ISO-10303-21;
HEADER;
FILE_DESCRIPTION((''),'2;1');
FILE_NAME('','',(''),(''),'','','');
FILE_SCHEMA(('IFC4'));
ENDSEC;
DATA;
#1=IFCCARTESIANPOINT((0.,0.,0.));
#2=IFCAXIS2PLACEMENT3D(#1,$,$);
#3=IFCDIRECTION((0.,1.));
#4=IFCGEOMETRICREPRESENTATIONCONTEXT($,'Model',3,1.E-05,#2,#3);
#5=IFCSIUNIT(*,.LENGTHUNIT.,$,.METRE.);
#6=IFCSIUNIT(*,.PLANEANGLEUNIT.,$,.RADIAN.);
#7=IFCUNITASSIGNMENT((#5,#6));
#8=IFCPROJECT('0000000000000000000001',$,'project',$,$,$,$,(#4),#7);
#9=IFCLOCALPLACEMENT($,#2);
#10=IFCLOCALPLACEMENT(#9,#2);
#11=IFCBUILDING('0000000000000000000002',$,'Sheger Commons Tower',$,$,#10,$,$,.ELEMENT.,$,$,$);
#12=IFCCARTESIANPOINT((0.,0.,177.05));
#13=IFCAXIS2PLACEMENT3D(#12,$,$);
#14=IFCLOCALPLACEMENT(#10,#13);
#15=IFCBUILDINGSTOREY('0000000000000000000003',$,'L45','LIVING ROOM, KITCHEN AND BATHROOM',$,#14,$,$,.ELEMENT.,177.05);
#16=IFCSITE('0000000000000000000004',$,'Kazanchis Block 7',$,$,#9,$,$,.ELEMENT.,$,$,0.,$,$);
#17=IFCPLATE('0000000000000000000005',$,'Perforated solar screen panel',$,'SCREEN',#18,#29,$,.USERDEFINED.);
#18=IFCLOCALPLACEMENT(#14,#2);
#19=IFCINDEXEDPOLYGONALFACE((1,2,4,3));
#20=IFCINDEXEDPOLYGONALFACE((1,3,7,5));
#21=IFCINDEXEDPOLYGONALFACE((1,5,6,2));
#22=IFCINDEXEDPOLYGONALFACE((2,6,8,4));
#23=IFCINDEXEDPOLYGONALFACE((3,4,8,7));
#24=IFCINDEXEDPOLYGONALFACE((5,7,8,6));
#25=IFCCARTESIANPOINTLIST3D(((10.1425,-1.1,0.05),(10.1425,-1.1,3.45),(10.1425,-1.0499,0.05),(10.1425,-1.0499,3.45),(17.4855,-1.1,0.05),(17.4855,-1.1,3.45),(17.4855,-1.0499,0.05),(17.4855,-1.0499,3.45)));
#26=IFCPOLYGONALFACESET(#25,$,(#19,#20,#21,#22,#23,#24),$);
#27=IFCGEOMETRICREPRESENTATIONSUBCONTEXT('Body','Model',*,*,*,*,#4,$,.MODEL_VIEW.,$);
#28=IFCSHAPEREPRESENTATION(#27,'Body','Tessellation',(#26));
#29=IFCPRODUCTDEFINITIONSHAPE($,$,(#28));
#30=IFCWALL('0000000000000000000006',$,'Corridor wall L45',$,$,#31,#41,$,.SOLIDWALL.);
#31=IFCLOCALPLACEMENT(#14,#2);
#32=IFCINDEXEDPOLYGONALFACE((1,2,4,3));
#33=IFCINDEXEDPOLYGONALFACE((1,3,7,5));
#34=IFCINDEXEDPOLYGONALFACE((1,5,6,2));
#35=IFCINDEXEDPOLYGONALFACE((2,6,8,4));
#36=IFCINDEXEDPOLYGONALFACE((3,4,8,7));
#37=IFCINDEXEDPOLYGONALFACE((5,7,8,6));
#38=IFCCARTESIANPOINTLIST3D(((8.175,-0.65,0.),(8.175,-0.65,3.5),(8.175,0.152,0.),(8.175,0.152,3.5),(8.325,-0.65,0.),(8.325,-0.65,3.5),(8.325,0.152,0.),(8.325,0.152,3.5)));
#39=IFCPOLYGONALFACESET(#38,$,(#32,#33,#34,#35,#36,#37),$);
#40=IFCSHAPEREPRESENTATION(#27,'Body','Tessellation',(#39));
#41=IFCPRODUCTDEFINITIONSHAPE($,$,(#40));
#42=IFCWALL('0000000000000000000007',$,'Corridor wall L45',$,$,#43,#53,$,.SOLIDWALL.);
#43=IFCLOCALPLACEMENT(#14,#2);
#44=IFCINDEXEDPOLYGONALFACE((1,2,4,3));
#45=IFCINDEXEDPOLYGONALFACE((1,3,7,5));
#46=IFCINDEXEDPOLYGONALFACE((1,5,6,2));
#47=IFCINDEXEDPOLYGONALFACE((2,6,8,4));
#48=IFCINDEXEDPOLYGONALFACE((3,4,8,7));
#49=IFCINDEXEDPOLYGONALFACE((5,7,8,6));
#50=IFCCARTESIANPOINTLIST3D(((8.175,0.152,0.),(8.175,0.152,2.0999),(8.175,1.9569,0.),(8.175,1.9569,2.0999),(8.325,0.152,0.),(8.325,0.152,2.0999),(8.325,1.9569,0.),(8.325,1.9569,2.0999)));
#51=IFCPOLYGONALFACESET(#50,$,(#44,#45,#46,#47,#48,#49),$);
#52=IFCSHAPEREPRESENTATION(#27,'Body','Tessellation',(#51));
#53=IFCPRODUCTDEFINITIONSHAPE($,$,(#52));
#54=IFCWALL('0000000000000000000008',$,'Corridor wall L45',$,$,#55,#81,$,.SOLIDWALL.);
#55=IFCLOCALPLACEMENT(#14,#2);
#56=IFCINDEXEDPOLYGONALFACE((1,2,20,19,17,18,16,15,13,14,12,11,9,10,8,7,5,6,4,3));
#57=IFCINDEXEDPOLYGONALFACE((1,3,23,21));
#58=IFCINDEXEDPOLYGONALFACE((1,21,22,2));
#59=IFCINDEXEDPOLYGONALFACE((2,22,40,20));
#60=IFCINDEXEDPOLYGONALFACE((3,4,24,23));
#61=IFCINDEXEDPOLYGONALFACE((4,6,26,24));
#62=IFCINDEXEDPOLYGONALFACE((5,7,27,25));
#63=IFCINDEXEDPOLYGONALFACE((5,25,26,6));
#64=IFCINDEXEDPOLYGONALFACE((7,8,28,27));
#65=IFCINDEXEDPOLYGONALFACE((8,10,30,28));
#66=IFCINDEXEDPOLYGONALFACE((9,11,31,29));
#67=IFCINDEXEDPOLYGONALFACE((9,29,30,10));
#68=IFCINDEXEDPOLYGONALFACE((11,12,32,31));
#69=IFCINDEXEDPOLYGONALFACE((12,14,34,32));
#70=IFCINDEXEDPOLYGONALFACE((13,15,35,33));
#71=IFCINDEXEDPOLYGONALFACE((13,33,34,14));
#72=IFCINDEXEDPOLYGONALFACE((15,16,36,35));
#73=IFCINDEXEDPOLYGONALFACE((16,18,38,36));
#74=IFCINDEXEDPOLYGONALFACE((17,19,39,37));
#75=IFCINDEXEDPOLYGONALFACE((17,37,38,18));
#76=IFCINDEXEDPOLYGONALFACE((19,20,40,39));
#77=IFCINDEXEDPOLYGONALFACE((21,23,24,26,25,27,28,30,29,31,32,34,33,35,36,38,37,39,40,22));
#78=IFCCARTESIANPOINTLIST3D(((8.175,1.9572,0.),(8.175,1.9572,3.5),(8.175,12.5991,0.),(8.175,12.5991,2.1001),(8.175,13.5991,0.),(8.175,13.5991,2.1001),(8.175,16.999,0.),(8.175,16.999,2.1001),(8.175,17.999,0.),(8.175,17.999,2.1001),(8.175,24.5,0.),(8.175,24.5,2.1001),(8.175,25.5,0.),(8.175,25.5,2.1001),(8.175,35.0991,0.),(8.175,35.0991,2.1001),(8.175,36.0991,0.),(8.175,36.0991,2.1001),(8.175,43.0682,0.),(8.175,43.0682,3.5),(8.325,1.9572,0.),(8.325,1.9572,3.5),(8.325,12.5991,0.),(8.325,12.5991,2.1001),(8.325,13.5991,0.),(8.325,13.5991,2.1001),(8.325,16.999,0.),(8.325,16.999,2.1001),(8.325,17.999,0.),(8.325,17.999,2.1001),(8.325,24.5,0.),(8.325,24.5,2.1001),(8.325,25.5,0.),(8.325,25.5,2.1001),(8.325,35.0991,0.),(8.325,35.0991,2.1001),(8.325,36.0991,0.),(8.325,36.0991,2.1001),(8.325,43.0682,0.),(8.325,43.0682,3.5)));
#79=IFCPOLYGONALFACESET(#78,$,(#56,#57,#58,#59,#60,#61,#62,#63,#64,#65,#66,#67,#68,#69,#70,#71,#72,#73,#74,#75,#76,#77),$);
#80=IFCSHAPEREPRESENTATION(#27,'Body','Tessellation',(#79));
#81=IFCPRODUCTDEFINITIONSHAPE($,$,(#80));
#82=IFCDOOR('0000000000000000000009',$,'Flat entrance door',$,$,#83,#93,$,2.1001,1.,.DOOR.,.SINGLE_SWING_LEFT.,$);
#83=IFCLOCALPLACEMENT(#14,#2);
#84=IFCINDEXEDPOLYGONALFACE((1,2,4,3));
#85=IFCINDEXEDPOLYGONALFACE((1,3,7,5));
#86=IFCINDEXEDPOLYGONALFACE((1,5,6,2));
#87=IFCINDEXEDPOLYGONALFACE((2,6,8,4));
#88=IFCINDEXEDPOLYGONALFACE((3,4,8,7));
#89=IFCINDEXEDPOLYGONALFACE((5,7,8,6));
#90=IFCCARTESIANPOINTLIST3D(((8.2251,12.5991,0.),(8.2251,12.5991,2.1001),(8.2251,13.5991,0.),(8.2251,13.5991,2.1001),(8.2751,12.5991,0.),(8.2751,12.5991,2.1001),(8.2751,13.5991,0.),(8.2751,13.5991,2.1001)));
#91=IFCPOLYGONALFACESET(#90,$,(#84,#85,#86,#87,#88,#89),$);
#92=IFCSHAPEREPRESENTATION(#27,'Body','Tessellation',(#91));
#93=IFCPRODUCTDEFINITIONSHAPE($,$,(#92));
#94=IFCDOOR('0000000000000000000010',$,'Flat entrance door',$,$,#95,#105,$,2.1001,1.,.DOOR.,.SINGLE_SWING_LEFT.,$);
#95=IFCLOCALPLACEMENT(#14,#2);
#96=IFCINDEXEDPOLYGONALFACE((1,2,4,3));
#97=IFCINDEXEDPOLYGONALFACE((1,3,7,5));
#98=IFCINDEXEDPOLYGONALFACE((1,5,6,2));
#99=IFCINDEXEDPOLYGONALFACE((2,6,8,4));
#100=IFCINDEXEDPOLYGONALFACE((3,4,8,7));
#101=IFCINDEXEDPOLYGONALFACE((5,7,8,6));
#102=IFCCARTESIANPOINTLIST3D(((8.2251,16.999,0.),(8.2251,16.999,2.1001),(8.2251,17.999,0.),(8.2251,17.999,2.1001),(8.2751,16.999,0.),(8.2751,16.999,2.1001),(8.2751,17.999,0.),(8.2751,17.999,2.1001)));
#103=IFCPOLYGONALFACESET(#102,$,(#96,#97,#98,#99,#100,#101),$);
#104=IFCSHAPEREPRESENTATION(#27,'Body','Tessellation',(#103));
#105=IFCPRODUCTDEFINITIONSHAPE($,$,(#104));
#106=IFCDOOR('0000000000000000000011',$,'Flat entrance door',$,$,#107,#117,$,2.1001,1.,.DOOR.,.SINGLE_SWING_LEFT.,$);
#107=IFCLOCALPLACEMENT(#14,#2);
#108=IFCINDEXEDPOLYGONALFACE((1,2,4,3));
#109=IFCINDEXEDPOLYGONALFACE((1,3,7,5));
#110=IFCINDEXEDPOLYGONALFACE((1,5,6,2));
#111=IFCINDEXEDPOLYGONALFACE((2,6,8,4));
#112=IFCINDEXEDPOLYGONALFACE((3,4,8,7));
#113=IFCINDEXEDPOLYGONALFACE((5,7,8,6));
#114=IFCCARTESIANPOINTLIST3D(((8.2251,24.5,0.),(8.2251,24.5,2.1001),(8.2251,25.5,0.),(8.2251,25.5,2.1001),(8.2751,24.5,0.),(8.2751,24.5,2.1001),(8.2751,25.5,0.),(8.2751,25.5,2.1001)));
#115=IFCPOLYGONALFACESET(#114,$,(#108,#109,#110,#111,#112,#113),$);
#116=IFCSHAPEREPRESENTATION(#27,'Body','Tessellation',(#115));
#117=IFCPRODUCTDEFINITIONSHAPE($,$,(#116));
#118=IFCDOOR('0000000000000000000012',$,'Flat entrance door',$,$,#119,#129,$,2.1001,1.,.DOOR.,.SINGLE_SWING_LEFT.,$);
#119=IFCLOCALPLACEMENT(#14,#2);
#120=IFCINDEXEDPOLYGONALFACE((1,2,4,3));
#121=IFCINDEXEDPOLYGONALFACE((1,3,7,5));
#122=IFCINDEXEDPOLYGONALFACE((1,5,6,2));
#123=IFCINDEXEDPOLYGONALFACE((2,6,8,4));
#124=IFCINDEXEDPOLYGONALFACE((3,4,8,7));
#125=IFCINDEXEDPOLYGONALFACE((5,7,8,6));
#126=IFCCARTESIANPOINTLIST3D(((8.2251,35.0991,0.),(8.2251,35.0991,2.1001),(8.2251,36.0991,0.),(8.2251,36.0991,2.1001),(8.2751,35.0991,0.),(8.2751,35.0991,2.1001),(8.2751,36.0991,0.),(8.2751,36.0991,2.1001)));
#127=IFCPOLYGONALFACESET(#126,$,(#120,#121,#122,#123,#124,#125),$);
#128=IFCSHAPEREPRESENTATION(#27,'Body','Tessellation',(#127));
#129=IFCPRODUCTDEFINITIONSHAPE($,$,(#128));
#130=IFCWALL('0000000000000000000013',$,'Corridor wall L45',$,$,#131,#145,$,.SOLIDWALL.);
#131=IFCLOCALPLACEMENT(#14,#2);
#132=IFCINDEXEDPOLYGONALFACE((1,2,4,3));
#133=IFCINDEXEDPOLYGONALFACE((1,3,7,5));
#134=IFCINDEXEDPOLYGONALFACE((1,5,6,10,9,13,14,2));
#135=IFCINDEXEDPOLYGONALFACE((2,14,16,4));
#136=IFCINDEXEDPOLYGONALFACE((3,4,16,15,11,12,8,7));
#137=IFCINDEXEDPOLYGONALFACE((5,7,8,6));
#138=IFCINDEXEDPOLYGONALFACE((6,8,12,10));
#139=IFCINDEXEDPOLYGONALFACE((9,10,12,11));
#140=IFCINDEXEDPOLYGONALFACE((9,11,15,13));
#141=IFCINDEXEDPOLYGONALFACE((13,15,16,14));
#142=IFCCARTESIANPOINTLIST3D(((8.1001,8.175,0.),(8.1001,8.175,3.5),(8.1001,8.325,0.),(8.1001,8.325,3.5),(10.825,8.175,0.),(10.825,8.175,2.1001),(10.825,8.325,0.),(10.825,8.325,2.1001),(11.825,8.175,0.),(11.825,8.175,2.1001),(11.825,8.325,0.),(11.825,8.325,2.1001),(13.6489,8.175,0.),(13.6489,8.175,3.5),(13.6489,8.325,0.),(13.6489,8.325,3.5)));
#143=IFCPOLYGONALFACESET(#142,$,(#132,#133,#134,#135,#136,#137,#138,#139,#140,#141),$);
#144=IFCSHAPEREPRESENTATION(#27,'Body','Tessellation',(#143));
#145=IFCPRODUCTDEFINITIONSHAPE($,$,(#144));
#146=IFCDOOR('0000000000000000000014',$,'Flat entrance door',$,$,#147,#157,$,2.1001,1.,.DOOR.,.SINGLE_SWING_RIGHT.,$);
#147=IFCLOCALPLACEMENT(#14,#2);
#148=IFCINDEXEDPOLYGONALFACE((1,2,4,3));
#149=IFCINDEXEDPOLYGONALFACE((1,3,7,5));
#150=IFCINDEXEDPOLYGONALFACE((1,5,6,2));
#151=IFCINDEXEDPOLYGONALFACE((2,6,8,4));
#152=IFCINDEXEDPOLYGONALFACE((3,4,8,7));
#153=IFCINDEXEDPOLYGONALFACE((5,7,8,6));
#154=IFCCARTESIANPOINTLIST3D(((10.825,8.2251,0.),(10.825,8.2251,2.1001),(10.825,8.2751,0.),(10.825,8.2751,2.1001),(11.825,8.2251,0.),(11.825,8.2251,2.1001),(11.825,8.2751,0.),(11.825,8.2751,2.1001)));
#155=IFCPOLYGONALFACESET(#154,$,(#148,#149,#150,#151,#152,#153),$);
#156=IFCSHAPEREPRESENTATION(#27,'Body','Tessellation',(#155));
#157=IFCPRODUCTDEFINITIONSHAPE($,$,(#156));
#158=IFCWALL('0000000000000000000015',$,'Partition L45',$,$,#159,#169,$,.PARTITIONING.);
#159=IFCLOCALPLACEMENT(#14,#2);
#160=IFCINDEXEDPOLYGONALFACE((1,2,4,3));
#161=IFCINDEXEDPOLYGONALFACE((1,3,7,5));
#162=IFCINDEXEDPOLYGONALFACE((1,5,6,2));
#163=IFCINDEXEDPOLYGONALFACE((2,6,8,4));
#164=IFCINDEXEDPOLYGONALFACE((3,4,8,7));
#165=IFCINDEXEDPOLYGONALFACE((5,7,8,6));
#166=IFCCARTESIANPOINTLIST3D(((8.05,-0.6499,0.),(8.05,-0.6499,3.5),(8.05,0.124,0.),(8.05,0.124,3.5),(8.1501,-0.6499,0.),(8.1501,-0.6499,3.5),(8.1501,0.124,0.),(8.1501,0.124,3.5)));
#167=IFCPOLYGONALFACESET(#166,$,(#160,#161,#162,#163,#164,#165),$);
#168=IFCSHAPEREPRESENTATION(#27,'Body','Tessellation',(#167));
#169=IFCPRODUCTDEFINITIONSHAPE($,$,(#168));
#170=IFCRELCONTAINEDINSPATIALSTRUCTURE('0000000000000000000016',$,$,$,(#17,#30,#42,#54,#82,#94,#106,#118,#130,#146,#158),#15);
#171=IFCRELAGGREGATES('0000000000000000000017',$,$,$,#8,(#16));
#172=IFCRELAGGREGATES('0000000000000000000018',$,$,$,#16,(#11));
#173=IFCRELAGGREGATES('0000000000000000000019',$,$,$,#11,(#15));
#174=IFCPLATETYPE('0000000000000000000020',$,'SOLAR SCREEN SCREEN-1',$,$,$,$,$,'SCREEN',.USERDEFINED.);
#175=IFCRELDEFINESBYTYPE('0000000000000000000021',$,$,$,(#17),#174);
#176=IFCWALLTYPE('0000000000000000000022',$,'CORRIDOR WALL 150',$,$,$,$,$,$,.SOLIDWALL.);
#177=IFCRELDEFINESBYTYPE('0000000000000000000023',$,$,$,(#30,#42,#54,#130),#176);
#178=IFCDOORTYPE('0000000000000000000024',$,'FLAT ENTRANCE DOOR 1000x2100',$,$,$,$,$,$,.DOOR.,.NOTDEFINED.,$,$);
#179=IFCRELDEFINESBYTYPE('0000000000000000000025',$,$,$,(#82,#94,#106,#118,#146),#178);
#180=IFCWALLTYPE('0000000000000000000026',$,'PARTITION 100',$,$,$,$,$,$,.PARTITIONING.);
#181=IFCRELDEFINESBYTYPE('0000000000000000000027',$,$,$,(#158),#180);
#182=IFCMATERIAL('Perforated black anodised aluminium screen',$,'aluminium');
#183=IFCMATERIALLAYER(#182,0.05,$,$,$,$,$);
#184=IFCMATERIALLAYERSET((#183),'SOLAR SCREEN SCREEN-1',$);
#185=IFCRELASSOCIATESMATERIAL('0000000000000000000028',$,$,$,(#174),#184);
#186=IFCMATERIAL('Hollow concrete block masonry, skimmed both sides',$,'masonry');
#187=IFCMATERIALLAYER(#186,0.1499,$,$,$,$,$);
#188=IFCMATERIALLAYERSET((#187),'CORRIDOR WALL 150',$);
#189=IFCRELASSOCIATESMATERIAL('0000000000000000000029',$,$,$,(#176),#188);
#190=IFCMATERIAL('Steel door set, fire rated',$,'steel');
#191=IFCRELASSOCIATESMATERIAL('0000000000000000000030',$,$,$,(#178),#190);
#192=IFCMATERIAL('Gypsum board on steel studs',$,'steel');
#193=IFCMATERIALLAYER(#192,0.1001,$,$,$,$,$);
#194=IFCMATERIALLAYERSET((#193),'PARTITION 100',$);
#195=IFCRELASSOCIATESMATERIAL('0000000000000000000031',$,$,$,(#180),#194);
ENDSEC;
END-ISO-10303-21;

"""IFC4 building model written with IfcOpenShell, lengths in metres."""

from ifc_helpers import new_model, si_unit, direction, frame, frame_2d, origin, origin_2d, place, context, subcontext, project, spatial, rectangle, extrude, material, layer, layer_set, type_object, element, fill, save


model = new_model("IFC4")

# Units and contexts
model_context = context("Model", 3, precision=1e-05, world=origin(), true_north=direction((0.0, 1.0)))
body_context = subcontext(model_context, "Body", "Model", "MODEL_VIEW")
ifc_project = project(units=[si_unit("LENGTHUNIT", "METRE"), si_unit("PLANEANGLEUNIT", "RADIAN")], contexts=[model_context])

# Site, building, storey
site_placement = place(None, origin())
site = spatial("IfcSite", under=ifc_project, at=site_placement, Name="Kazanchis Block 7", CompositionType="ELEMENT", RefElevation=0.0)
building_placement = place(site_placement, origin())
building = spatial("IfcBuilding", under=site, at=building_placement, Name="Sheger Commons Tower", CompositionType="ELEMENT")
storey_placement = place(building_placement, frame((0.0, 0.0, 177.05)))
storey = spatial("IfcBuildingStorey", under=building, at=storey_placement, Name="L45", Description="LIVING ROOM, KITCHEN AND BATHROOM", CompositionType="ELEMENT", Elevation=177.05)

# Plate
ifc_material_1 = material(Name="Perforated black anodised aluminium screen", Category="aluminium")
ifc_layer_1 = layer(ifc_material_1, 0.05)
ifc_layer_set_1 = layer_set([ifc_layer_1], Name="SOLAR SCREEN SCREEN-1")
plate_type = type_object("IfcPlateType", Name="SOLAR SCREEN SCREEN-1", ElementType="SCREEN", PredefinedType="USERDEFINED", material=ifc_layer_set_1)
plate_placement = place(storey_placement, frame((13.814, -1.075, 0.05), z_axis=(0.0, 0.0, 1.0), x_axis=(1.0, 0.0, 0.0)))
element("IfcPlate", 1, at=plate_placement, inside=storey, type_object=plate_type, Name="Perforated solar screen panel", ObjectType="SCREEN", PredefinedType="USERDEFINED", context=body_context, shape_type="SweptSolid", body=[
    extrude(rectangle(XDim=7.343, YDim=0.05, at=origin_2d()), origin(), (0.0, 0.0, 1.0), 3.3999),
])

# Walls
ifc_material_2 = material(Name="Hollow concrete block masonry, skimmed both sides", Category="masonry")
ifc_layer_2 = layer(ifc_material_2, 0.1499)
ifc_layer_set_2 = layer_set([ifc_layer_2], Name="CORRIDOR WALL 150")
wall_type_1 = type_object("IfcWallType", Name="CORRIDOR WALL 150", PredefinedType="SOLIDWALL", material=ifc_layer_set_2)
wall_1_placement = place(storey_placement, frame((8.25, -0.6499, 0.0), z_axis=(0.0, 0.0, 1.0), x_axis=(0.0, 1.0, 0.0)))
element("IfcWall", 2, at=wall_1_placement, inside=storey, type_object=wall_type_1, Name="Corridor wall L45", PredefinedType="SOLIDWALL", context=body_context, shape_type="SweptSolid", body=[
    extrude(rectangle(XDim=0.802, YDim=0.1499, at=frame_2d((0.4009, 0.0))), origin(), (0.0, 0.0, 1.0), 3.5),
])
wall_2_placement = place(storey_placement, frame((8.25, 0.1521, 0.0), z_axis=(0.0, 0.0, 1.0), x_axis=(0.0, 1.0, 0.0)))
element("IfcWall", 3, at=wall_2_placement, inside=storey, type_object=wall_type_1, Name="Corridor wall L45", PredefinedType="SOLIDWALL", context=body_context, shape_type="SweptSolid", body=[
    extrude(rectangle(XDim=1.8049, YDim=0.1499, at=frame_2d((0.9023, 0.0))), origin(), (0.0, 0.0, 1.0), 2.0999),
])

# Wall, openings, doors
wall_3_placement = place(storey_placement, frame((8.25, 1.957, 0.0), z_axis=(0.0, 0.0, 1.0), x_axis=(0.0, 1.0, 0.0)))
wall_3 = element("IfcWall", 4, at=wall_3_placement, inside=storey, type_object=wall_type_1, Name="Corridor wall L45", PredefinedType="SOLIDWALL", context=body_context, shape_type="SweptSolid", body=[
    extrude(rectangle(XDim=41.1111, YDim=0.1499, at=frame_2d((20.5557, 0.0))), origin(), (0.0, 0.0, 1.0), 3.5),
])
opening_1_placement = place(wall_3_placement, frame((10.6421, 0.0, 0.0)))
opening_1 = element("IfcOpeningElement", 5, at=opening_1_placement, cuts=wall_3, PredefinedType="OPENING", context=body_context, shape_type="SweptSolid", body=[
    extrude(rectangle(XDim=1.0, YDim=2.1001, at=frame_2d((0.5, 1.05))), frame((0.0, 0.085, 0.0), z_axis=(0.0, -1.0, 0.0), x_axis=(1.0, 0.0, 0.0)), (0.0, 0.0, 1.0), 0.1699),
])
opening_2_placement = place(wall_3_placement, frame((15.042, 0.0, 0.0)))
opening_2 = element("IfcOpeningElement", 6, at=opening_2_placement, cuts=wall_3, PredefinedType="OPENING", context=body_context, shape_type="SweptSolid", body=[
    extrude(rectangle(XDim=1.0, YDim=2.1001, at=frame_2d((0.5, 1.05))), frame((0.0, 0.085, 0.0), z_axis=(0.0, -1.0, 0.0), x_axis=(1.0, 0.0, 0.0)), (0.0, 0.0, 1.0), 0.1699),
])
opening_3_placement = place(wall_3_placement, frame((22.543, 0.0, 0.0)))
opening_3 = element("IfcOpeningElement", 7, at=opening_3_placement, cuts=wall_3, PredefinedType="OPENING", context=body_context, shape_type="SweptSolid", body=[
    extrude(rectangle(XDim=1.0, YDim=2.1001, at=frame_2d((0.5, 1.05))), frame((0.0, 0.085, 0.0), z_axis=(0.0, -1.0, 0.0), x_axis=(1.0, 0.0, 0.0)), (0.0, 0.0, 1.0), 0.1699),
])
opening_4_placement = place(wall_3_placement, frame((33.1421, 0.0, 0.0)))
opening_4 = element("IfcOpeningElement", 8, at=opening_4_placement, cuts=wall_3, PredefinedType="OPENING", context=body_context, shape_type="SweptSolid", body=[
    extrude(rectangle(XDim=1.0, YDim=2.1001, at=frame_2d((0.5, 1.05))), frame((0.0, 0.085, 0.0), z_axis=(0.0, -1.0, 0.0), x_axis=(1.0, 0.0, 0.0)), (0.0, 0.0, 1.0), 0.1699),
])
ifc_material_3 = material(Name="Steel door set, fire rated", Category="steel")
door_type_1 = type_object("IfcDoorType", Name="FLAT ENTRANCE DOOR 1000x2100", OperationType="NOTDEFINED", PredefinedType="DOOR", material=ifc_material_3)
door_1_placement = place(opening_1_placement, origin())
door_1 = element("IfcDoor", 9, at=door_1_placement, inside=storey, type_object=door_type_1, Name="Flat entrance door", OperationType="SINGLE_SWING_LEFT", OverallHeight=2.1001, OverallWidth=1.0, PredefinedType="DOOR", context=body_context, shape_type="SweptSolid", body=[
    extrude(rectangle(XDim=1.0, YDim=2.1001, at=frame_2d((0.5, 1.05))), frame((0.0, 0.0249, 0.0), z_axis=(0.0, -1.0, 0.0), x_axis=(1.0, 0.0, 0.0)), (0.0, 0.0, 1.0), 0.05),
])
fill(opening_1, door_1)
door_2_placement = place(opening_2_placement, origin())
door_2 = element("IfcDoor", 10, at=door_2_placement, inside=storey, type_object=door_type_1, Name="Flat entrance door", OperationType="SINGLE_SWING_LEFT", OverallHeight=2.1001, OverallWidth=1.0, PredefinedType="DOOR", context=body_context, shape_type="SweptSolid", body=[
    extrude(rectangle(XDim=1.0, YDim=2.1001, at=frame_2d((0.5, 1.05))), frame((0.0, 0.0249, 0.0), z_axis=(0.0, -1.0, 0.0), x_axis=(1.0, 0.0, 0.0)), (0.0, 0.0, 1.0), 0.05),
])
fill(opening_2, door_2)
door_3_placement = place(opening_3_placement, origin())
door_3 = element("IfcDoor", 11, at=door_3_placement, inside=storey, type_object=door_type_1, Name="Flat entrance door", OperationType="SINGLE_SWING_LEFT", OverallHeight=2.1001, OverallWidth=1.0, PredefinedType="DOOR", context=body_context, shape_type="SweptSolid", body=[
    extrude(rectangle(XDim=1.0, YDim=2.1001, at=frame_2d((0.5, 1.05))), frame((0.0, 0.0249, 0.0), z_axis=(0.0, -1.0, 0.0), x_axis=(1.0, 0.0, 0.0)), (0.0, 0.0, 1.0), 0.05),
])
fill(opening_3, door_3)
door_4_placement = place(opening_4_placement, origin())
door_4 = element("IfcDoor", 12, at=door_4_placement, inside=storey, type_object=door_type_1, Name="Flat entrance door", OperationType="SINGLE_SWING_LEFT", OverallHeight=2.1001, OverallWidth=1.0, PredefinedType="DOOR", context=body_context, shape_type="SweptSolid", body=[
    extrude(rectangle(XDim=1.0, YDim=2.1001, at=frame_2d((0.5, 1.05))), frame((0.0, 0.0249, 0.0), z_axis=(0.0, -1.0, 0.0), x_axis=(1.0, 0.0, 0.0)), (0.0, 0.0, 1.0), 0.05),
])
fill(opening_4, door_4)

# Wall, opening, door
wall_4_placement = place(storey_placement, frame((13.6489, 8.25, 0.0), z_axis=(0.0, 0.0, 1.0), x_axis=(-1.0, 0.0, 0.0)))
wall_4 = element("IfcWall", 13, at=wall_4_placement, inside=storey, type_object=wall_type_1, Name="Corridor wall L45", PredefinedType="SOLIDWALL", context=body_context, shape_type="SweptSolid", body=[
    extrude(rectangle(XDim=5.5488, YDim=0.1499, at=frame_2d((2.7744, 0.0))), origin(), (0.0, 0.0, 1.0), 3.5),
])
opening_5_placement = place(wall_4_placement, frame((1.824, 0.0, 0.0)))
opening_5 = element("IfcOpeningElement", 14, at=opening_5_placement, cuts=wall_4, PredefinedType="OPENING", context=body_context, shape_type="SweptSolid", body=[
    extrude(rectangle(XDim=1.0, YDim=2.1001, at=frame_2d((0.5, 1.05))), frame((0.0, 0.085, 0.0), z_axis=(0.0, -1.0, 0.0), x_axis=(1.0, 0.0, 0.0)), (0.0, 0.0, 1.0), 0.1699),
])
door_5_placement = place(opening_5_placement, origin())
door_5 = element("IfcDoor", 15, at=door_5_placement, inside=storey, type_object=door_type_1, Name="Flat entrance door", OperationType="SINGLE_SWING_RIGHT", OverallHeight=2.1001, OverallWidth=1.0, PredefinedType="DOOR", context=body_context, shape_type="SweptSolid", body=[
    extrude(rectangle(XDim=1.0, YDim=2.1001, at=frame_2d((0.5, 1.05))), frame((0.0, 0.0249, 0.0), z_axis=(0.0, -1.0, 0.0), x_axis=(1.0, 0.0, 0.0)), (0.0, 0.0, 1.0), 0.05),
])
fill(opening_5, door_5)

# Wall
ifc_material_4 = material(Name="Gypsum board on steel studs", Category="steel")
ifc_layer_3 = layer(ifc_material_4, 0.1001)
ifc_layer_set_3 = layer_set([ifc_layer_3], Name="PARTITION 100")
wall_type_2 = type_object("IfcWallType", Name="PARTITION 100", PredefinedType="PARTITIONING", material=ifc_layer_set_3)
wall_5_placement = place(storey_placement, frame((8.1001, 0.124, 0.0), z_axis=(0.0, 0.0, 1.0), x_axis=(0.0, -1.0, 0.0)))
element("IfcWall", 16, at=wall_5_placement, inside=storey, type_object=wall_type_2, Name="Partition L45", PredefinedType="PARTITIONING", context=body_context, shape_type="SweptSolid", body=[
    extrude(rectangle(XDim=0.7739, YDim=0.1001, at=frame_2d((0.387, 0.0))), origin(), (0.0, 0.0, 1.0), 3.5),
])

save(model, "model.ifc")
